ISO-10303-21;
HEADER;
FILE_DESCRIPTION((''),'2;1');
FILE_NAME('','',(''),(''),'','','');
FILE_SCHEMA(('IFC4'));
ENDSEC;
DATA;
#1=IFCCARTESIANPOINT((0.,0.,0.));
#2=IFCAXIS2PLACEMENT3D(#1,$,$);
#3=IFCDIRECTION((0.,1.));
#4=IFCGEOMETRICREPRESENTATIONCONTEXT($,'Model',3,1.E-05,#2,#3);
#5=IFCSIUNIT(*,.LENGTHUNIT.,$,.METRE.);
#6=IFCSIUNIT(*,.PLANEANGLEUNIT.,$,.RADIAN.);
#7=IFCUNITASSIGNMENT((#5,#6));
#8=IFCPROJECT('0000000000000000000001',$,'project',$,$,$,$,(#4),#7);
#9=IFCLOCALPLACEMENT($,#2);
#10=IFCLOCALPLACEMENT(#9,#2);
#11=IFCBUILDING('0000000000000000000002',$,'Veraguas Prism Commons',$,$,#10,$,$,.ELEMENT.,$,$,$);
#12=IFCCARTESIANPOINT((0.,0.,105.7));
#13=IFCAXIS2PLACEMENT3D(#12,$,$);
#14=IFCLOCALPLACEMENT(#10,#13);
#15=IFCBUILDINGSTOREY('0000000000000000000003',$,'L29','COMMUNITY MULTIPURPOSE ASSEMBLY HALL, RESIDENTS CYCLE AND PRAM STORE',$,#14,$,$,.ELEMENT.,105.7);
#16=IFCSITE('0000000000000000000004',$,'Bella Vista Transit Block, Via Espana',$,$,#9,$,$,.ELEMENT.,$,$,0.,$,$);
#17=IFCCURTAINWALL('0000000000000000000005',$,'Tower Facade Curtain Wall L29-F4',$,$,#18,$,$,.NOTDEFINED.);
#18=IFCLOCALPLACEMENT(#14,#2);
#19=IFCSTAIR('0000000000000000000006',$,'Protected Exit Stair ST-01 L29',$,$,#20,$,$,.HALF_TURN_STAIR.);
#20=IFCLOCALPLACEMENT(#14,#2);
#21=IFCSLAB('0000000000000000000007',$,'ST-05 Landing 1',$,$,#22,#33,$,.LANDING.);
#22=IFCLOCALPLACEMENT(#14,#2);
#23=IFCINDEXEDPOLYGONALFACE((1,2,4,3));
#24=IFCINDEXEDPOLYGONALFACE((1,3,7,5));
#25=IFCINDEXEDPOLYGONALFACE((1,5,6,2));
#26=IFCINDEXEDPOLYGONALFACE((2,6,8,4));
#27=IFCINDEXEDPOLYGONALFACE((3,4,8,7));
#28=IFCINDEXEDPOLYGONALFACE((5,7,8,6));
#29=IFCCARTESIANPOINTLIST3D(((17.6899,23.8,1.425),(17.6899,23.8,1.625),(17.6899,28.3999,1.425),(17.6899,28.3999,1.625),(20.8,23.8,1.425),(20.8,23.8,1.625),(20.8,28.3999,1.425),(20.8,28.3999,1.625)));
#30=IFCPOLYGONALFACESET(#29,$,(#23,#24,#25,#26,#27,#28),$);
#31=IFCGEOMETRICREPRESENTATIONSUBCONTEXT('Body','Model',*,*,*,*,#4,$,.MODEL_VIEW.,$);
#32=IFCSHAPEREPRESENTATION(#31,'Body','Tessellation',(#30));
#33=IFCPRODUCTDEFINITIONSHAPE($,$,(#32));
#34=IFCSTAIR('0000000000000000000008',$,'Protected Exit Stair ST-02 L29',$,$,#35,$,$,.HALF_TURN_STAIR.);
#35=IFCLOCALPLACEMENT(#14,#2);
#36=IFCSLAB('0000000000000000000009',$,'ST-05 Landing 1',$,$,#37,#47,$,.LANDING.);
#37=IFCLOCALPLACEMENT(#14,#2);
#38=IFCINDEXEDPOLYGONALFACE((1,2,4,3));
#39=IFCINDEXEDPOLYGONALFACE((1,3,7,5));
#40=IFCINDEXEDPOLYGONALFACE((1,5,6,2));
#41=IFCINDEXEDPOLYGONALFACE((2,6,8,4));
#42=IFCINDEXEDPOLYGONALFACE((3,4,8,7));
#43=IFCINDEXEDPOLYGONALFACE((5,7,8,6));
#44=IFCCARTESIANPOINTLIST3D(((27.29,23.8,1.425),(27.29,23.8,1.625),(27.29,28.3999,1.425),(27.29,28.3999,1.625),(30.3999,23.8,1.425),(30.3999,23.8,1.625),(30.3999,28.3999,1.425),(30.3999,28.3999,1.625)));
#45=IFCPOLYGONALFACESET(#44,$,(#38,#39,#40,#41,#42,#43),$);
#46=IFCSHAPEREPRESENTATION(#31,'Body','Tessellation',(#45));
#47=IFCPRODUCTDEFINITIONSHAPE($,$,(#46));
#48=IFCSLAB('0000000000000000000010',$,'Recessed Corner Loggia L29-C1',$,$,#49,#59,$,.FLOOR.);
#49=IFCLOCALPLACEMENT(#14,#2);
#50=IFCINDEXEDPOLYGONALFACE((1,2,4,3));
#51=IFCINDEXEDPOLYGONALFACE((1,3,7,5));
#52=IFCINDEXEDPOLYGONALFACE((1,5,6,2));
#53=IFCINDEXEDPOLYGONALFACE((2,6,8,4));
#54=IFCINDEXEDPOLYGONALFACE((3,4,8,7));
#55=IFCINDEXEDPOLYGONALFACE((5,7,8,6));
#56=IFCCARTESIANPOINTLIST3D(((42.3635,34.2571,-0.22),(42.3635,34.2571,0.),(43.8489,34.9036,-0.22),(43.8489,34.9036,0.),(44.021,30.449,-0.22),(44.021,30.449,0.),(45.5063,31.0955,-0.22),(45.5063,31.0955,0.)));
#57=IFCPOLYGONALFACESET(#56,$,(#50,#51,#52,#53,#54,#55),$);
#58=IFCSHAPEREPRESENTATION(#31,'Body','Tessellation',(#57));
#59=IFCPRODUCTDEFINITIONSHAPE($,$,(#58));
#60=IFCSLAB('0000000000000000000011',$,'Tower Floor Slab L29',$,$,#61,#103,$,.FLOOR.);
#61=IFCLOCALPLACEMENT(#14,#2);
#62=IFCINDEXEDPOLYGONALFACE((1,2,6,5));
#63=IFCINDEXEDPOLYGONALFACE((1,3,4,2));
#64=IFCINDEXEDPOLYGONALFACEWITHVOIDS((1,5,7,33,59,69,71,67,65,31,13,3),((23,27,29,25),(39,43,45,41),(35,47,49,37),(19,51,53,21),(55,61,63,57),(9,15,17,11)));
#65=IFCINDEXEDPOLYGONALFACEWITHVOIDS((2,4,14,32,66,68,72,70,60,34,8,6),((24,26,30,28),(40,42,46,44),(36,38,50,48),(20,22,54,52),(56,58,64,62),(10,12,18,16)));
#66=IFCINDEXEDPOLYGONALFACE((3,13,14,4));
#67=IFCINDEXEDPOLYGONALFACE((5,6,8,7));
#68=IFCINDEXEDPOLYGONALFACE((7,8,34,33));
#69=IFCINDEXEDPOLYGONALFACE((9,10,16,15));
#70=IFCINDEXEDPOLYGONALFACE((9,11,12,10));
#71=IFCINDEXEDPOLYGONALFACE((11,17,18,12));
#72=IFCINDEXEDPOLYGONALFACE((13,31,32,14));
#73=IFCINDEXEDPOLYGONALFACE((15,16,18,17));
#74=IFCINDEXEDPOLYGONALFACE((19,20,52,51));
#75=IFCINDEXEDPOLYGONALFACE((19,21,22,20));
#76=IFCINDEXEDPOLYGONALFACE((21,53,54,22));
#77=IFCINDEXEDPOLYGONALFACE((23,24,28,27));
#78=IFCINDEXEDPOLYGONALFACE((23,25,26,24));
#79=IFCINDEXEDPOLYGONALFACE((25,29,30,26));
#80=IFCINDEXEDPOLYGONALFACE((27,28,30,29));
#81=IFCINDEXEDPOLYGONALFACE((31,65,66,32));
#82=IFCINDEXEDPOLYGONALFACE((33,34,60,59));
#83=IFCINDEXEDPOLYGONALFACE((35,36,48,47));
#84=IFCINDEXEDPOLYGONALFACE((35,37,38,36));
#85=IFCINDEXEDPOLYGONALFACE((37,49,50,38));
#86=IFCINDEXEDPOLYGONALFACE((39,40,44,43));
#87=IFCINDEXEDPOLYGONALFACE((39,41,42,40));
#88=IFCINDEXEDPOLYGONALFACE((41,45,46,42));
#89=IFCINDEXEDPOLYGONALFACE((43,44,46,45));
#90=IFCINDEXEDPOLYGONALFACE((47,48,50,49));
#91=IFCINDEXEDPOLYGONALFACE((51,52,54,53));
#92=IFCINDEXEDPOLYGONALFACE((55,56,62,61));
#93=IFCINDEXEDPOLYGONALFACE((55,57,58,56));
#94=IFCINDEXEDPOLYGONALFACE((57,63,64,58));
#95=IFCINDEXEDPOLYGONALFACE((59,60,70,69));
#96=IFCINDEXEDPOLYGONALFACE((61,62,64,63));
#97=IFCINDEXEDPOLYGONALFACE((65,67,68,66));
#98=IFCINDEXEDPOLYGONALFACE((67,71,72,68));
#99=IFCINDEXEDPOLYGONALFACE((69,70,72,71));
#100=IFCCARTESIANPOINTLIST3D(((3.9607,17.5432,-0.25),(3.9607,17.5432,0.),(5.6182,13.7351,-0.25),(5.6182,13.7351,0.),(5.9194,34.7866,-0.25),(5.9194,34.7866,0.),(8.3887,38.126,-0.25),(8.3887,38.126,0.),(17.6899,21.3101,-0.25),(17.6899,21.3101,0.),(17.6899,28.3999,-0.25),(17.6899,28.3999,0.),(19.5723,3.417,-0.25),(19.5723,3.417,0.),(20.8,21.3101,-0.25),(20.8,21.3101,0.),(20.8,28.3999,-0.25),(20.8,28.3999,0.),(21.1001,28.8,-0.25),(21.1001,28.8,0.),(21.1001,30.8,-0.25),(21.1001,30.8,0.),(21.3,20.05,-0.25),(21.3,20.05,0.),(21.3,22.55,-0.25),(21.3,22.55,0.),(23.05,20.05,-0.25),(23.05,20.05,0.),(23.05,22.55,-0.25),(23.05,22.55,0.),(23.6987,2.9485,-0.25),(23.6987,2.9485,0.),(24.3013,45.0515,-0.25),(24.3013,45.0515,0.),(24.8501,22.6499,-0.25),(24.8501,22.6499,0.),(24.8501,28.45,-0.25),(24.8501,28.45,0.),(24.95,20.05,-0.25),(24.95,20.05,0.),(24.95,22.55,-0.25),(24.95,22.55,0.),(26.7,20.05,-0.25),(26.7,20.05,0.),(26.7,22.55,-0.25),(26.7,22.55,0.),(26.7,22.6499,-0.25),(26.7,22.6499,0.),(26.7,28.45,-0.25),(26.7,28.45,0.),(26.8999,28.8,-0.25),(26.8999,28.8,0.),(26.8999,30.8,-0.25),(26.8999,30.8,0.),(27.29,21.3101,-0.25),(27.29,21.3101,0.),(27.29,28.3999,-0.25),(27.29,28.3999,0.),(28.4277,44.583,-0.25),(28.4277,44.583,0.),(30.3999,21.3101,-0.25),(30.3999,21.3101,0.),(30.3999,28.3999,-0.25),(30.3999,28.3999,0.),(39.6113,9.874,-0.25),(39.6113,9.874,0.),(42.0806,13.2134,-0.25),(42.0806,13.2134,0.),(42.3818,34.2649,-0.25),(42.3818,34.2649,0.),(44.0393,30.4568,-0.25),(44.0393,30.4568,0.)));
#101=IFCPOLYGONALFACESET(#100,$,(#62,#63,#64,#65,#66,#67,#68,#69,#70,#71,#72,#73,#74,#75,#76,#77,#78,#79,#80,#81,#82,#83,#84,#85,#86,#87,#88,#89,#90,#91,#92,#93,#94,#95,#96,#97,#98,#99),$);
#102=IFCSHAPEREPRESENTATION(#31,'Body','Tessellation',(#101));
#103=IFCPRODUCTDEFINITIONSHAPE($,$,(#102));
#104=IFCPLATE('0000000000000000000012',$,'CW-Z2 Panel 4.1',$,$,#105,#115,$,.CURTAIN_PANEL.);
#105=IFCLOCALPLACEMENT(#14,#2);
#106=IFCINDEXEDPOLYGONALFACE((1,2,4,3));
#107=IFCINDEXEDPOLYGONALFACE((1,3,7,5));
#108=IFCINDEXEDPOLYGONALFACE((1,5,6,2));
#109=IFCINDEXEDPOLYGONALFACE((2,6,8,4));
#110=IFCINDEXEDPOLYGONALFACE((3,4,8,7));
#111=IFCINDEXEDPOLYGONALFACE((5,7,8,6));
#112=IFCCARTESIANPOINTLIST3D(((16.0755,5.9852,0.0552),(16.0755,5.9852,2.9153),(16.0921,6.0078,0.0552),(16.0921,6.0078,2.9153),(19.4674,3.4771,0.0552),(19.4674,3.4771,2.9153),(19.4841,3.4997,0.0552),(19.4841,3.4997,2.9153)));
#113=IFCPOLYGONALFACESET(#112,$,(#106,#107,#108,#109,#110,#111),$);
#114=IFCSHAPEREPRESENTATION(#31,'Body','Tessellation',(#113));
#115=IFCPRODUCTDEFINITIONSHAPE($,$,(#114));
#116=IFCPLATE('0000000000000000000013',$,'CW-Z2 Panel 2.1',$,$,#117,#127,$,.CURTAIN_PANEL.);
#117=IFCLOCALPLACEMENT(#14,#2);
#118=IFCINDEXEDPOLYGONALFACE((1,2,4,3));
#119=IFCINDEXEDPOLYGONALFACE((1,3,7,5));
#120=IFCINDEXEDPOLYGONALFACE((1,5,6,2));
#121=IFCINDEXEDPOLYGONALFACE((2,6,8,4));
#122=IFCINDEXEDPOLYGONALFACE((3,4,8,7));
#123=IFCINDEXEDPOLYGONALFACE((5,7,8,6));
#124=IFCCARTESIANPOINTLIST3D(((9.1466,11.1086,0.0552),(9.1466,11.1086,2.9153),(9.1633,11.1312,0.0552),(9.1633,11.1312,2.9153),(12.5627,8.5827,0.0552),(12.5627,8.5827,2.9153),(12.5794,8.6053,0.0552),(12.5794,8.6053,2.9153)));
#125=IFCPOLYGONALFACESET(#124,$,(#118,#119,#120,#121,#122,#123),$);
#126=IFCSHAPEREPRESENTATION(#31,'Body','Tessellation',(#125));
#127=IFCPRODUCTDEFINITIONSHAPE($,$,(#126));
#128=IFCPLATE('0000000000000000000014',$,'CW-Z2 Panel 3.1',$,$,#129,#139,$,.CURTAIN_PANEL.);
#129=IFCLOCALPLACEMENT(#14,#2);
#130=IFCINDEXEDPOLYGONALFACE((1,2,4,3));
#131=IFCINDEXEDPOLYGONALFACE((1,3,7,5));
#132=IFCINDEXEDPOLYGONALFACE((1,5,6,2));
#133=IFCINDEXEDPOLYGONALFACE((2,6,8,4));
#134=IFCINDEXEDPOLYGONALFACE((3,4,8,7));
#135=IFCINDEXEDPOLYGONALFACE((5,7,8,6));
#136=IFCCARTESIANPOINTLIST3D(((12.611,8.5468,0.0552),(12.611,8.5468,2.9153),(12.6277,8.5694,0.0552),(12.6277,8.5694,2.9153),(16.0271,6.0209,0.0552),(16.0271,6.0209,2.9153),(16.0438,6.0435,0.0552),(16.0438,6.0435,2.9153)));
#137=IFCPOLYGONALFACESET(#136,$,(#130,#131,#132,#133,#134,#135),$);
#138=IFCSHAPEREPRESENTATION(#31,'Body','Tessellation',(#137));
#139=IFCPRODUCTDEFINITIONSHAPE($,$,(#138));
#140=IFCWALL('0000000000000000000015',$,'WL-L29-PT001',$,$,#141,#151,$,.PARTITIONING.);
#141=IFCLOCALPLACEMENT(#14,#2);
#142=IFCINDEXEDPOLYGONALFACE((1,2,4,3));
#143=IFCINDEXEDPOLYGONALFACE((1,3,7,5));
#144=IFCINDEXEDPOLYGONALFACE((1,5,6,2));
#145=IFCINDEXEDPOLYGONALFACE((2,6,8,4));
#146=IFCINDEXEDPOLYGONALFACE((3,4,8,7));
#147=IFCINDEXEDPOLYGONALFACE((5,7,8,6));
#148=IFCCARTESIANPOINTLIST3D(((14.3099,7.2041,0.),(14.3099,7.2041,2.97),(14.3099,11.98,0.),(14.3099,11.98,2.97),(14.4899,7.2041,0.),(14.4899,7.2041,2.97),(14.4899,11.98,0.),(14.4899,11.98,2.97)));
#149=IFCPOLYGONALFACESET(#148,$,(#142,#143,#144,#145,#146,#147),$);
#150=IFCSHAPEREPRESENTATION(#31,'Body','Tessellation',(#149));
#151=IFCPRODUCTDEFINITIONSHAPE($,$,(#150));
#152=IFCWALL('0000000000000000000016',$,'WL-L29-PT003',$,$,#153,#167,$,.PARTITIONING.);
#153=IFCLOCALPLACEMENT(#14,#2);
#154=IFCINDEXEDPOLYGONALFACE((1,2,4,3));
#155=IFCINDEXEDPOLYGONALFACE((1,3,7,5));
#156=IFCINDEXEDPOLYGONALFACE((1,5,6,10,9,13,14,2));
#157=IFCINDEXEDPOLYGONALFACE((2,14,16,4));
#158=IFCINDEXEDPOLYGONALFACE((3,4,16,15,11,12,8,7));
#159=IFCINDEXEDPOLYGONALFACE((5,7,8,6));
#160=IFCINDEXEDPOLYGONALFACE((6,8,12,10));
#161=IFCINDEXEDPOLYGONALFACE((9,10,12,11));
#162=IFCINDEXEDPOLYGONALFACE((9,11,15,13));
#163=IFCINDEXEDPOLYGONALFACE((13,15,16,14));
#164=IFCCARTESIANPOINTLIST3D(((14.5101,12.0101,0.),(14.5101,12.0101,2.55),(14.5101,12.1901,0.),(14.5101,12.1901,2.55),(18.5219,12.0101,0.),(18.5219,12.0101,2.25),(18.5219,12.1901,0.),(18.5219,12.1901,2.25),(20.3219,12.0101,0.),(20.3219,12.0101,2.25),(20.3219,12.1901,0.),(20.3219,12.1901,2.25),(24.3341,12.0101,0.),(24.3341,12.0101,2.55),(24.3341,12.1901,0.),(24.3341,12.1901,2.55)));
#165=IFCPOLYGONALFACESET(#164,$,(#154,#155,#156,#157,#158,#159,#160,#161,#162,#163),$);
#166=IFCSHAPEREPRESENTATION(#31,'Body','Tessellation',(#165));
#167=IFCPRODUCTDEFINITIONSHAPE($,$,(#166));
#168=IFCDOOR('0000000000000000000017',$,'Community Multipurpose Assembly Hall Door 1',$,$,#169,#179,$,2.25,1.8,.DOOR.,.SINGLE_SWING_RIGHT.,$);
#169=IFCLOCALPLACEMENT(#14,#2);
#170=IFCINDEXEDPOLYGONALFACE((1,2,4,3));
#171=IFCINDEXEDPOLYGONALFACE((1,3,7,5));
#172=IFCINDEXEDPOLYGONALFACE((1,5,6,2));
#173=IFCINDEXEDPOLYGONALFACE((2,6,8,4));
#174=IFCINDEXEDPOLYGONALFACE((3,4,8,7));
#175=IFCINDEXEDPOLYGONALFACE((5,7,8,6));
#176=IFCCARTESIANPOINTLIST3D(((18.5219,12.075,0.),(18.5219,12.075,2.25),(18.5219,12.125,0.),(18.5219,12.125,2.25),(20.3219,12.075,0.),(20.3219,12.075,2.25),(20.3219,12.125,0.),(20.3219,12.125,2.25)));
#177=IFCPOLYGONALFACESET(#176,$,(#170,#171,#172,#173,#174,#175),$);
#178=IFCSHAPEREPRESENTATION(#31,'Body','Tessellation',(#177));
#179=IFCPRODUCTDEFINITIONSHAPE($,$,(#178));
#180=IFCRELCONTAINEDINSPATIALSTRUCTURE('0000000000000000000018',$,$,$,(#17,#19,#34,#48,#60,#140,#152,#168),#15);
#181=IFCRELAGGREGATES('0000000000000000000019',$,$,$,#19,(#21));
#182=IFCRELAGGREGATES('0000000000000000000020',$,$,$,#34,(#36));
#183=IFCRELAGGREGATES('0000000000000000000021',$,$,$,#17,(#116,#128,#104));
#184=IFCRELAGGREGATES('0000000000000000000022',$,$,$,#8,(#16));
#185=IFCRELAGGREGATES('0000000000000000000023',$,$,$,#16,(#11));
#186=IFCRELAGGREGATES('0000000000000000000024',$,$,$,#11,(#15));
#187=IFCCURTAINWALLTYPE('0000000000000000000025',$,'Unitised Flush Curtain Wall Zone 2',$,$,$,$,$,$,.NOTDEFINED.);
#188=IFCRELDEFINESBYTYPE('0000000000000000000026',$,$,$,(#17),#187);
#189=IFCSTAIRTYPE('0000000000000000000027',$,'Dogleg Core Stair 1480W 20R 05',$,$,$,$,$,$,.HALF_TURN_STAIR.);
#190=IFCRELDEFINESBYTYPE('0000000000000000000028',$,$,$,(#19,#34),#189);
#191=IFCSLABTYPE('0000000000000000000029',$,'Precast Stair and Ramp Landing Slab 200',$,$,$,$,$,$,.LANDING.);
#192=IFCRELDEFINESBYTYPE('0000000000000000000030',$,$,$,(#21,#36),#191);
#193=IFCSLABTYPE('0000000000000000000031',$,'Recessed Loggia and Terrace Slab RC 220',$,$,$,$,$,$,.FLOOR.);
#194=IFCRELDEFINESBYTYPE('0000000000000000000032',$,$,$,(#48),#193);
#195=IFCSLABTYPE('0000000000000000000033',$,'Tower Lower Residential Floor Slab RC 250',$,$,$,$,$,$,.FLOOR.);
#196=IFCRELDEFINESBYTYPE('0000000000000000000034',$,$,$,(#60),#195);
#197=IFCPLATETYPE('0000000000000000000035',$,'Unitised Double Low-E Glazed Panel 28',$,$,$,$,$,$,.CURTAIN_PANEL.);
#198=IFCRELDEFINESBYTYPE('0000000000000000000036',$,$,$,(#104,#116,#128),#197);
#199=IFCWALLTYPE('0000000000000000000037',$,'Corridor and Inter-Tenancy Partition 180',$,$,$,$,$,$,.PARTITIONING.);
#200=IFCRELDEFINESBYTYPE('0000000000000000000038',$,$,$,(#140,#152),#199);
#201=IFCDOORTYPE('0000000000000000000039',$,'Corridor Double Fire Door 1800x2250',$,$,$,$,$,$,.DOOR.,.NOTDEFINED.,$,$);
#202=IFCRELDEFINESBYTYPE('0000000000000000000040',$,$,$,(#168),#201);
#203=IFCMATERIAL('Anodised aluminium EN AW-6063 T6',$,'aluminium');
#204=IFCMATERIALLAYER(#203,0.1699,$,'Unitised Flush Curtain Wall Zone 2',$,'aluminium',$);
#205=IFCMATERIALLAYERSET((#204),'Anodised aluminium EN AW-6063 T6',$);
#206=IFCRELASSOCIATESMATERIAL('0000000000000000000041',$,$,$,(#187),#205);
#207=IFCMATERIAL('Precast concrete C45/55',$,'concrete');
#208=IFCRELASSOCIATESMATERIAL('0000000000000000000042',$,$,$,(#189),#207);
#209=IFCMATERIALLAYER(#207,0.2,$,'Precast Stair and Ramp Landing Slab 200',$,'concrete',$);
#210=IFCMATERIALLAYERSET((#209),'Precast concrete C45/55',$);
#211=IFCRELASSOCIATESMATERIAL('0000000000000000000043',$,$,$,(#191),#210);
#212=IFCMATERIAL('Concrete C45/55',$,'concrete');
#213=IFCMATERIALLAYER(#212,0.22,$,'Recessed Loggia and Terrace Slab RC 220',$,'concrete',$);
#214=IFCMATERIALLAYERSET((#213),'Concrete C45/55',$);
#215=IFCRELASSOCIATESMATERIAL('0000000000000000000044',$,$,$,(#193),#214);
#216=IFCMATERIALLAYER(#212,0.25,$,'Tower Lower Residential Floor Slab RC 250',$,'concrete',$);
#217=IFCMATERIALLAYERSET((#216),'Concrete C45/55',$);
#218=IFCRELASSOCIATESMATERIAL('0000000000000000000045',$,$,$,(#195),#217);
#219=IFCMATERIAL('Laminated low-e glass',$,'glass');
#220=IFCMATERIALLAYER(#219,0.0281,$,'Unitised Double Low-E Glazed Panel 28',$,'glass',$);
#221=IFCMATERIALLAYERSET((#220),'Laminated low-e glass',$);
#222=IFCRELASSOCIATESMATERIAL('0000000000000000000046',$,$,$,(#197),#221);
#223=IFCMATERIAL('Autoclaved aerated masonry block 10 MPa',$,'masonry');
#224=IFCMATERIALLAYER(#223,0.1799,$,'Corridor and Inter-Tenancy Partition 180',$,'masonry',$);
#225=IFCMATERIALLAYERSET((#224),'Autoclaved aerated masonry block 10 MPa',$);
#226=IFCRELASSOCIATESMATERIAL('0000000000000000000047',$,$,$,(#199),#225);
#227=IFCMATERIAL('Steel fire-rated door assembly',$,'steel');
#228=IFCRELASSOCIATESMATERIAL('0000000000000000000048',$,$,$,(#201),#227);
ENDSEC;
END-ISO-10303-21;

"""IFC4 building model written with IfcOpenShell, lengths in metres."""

from ifc_helpers import new_model, si_unit, direction, frame, frame_2d, origin, origin_2d, place, context, subcontext, project, spatial, polyline, rectangle, outline, extrude, source, transform, mapped, material, layer, layer_set, type_object, element, fill, aggregate, save


model = new_model("IFC4")

# Units and contexts
model_context = context("Model", 3, precision=1e-05, world=origin(), true_north=direction((0.0, 1.0)))
body_context = subcontext(model_context, "Body", "Model", "MODEL_VIEW")
ifc_project = project(units=[si_unit("LENGTHUNIT", "METRE"), si_unit("PLANEANGLEUNIT", "RADIAN")], contexts=[model_context])

# Site, building, storey
site_placement = place(None, origin())
site = spatial("IfcSite", under=ifc_project, at=site_placement, Name="Bella Vista Transit Block, Via Espana", CompositionType="ELEMENT", RefElevation=0.0)
building_placement = place(site_placement, origin())
building = spatial("IfcBuilding", under=site, at=building_placement, Name="Veraguas Prism Commons", CompositionType="ELEMENT")
storey_placement = place(building_placement, frame((0.0, 0.0, 105.7)))
storey = spatial("IfcBuildingStorey", under=building, at=storey_placement, Name="L29", Description="COMMUNITY MULTIPURPOSE ASSEMBLY HALL, RESIDENTS CYCLE AND PRAM STORE", CompositionType="ELEMENT", Elevation=105.7)

# Curtain wall
ifc_material_1 = material(Name="Anodised aluminium EN AW-6063 T6", Category="aluminium")
ifc_layer_1 = layer(ifc_material_1, 0.1699, Name="Unitised Flush Curtain Wall Zone 2", Category="aluminium")
ifc_layer_set_1 = layer_set([ifc_layer_1], Name="Anodised aluminium EN AW-6063 T6")
curtain_wall_type = type_object("IfcCurtainWallType", Name="Unitised Flush Curtain Wall Zone 2", PredefinedType="NOTDEFINED", material=ifc_layer_set_1)
curtain_wall_1_placement = place(storey_placement, origin())
curtain_wall_1 = element("IfcCurtainWall", 1, at=curtain_wall_1_placement, inside=storey, type_object=curtain_wall_type, Name="Tower Facade Curtain Wall L29-F4", PredefinedType="NOTDEFINED")

# Stairs, slabs
ifc_material_2 = material(Name="Precast concrete C45/55", Category="concrete")
stair_type = type_object("IfcStairType", Name="Dogleg Core Stair 1480W 20R 05", PredefinedType="HALF_TURN_STAIR", material=ifc_material_2)
stair_1_placement = place(storey_placement, origin())
stair_1 = element("IfcStair", 2, at=stair_1_placement, inside=storey, type_object=stair_type, Name="Protected Exit Stair ST-01 L29", PredefinedType="HALF_TURN_STAIR")
ifc_layer_2 = layer(ifc_material_2, 0.2, Name="Precast Stair and Ramp Landing Slab 200", Category="concrete")
ifc_layer_set_2 = layer_set([ifc_layer_2], Name="Precast concrete C45/55")
slab_type_1 = type_object("IfcSlabType", Name="Precast Stair and Ramp Landing Slab 200", PredefinedType="LANDING", material=ifc_layer_set_2)
slab_1_placement = place(storey_placement, frame((0.0, 0.0, 1.425)))
slab_1 = element("IfcSlab", 3, at=slab_1_placement, type_object=slab_type_1, Name="ST-05 Landing 1", PredefinedType="LANDING", context=body_context, shape_type="SweptSolid", body=[
    extrude(outline(polyline([(20.8, 23.8), (20.8, 28.3999), (17.6899, 28.3999), (17.6899, 23.8), (20.8, 23.8)])), origin(), (0.0, 0.0, 1.0), 0.2),
])
aggregate(stair_1, [slab_1])
stair_2_placement = place(storey_placement, origin())
stair_2 = element("IfcStair", 4, at=stair_2_placement, inside=storey, type_object=stair_type, Name="Protected Exit Stair ST-02 L29", PredefinedType="HALF_TURN_STAIR")
slab_2_placement = place(storey_placement, frame((0.0, 0.0, 1.425)))
slab_2 = element("IfcSlab", 5, at=slab_2_placement, type_object=slab_type_1, Name="ST-05 Landing 1", PredefinedType="LANDING", context=body_context, shape_type="SweptSolid", body=[
    extrude(outline(polyline([(30.3999, 23.8), (30.3999, 28.3999), (27.29, 28.3999), (27.29, 23.8), (30.3999, 23.8)])), origin(), (0.0, 0.0, 1.0), 0.2),
])
aggregate(stair_2, [slab_2])

# Slabs
ifc_material_3 = material(Name="Concrete C45/55", Category="concrete")
ifc_layer_3 = layer(ifc_material_3, 0.22, Name="Recessed Loggia and Terrace Slab RC 220", Category="concrete")
ifc_layer_set_3 = layer_set([ifc_layer_3], Name="Concrete C45/55")
slab_type_2 = type_object("IfcSlabType", Name="Recessed Loggia and Terrace Slab RC 220", PredefinedType="FLOOR", material=ifc_layer_set_3)
slab_3_placement = place(storey_placement, frame((0.0, 0.0, -0.22)))
element("IfcSlab", 6, at=slab_3_placement, inside=storey, type_object=slab_type_2, Name="Recessed Corner Loggia L29-C1", PredefinedType="FLOOR", context=body_context, shape_type="SweptSolid", body=[
    extrude(outline(polyline([(44.021, 30.449), (45.5063, 31.0955), (43.8489, 34.9036), (42.3635, 34.2571), (44.021, 30.449)])), origin(), (0.0, 0.0, 1.0), 0.22),
])
ifc_layer_4 = layer(ifc_material_3, 0.25, Name="Tower Lower Residential Floor Slab RC 250", Category="concrete")
ifc_layer_set_4 = layer_set([ifc_layer_4], Name="Concrete C45/55")
slab_type_3 = type_object("IfcSlabType", Name="Tower Lower Residential Floor Slab RC 250", PredefinedType="FLOOR", material=ifc_layer_set_4)
slab_4_placement = place(storey_placement, frame((0.0, 0.0, -0.25)))
element("IfcSlab", 7, at=slab_4_placement, inside=storey, type_object=slab_type_3, Name="Tower Floor Slab L29", PredefinedType="FLOOR", context=body_context, shape_type="SweptSolid", body=[
    extrude(outline(polyline([(44.0393, 30.4568), (42.3818, 34.2649), (28.4277, 44.583), (24.3013, 45.0515), (8.3887, 38.126), (5.9194, 34.7866), (3.9607, 17.5432), (5.6182, 13.7351), (19.5723, 3.417), (23.6987, 2.9485), (39.6113, 9.874), (42.0806, 13.2134), (44.0393, 30.4568)]), holes=[polyline([(20.8, 21.3101), (20.8, 28.3999), (17.6899, 28.3999), (17.6899, 21.3101), (20.8, 21.3101)]), polyline([(30.3999, 21.3101), (30.3999, 28.3999), (27.29, 28.3999), (27.29, 21.3101), (30.3999, 21.3101)]), polyline([(24.8501, 22.6499), (26.7, 22.6499), (26.7, 28.45), (24.8501, 28.45), (24.8501, 22.6499)]), polyline([(21.1001, 28.8), (26.8999, 28.8), (26.8999, 30.8), (21.1001, 30.8), (21.1001, 28.8)]), polyline([(21.3, 20.05), (23.05, 20.05), (23.05, 22.55), (21.3, 22.55), (21.3, 20.05)]), polyline([(24.95, 20.05), (26.7, 20.05), (26.7, 22.55), (24.95, 22.55), (24.95, 20.05)])]), origin(), (0.0, 0.0, 1.0), 0.25),
])

# Plates
ifc_material_4 = material(Name="Laminated low-e glass", Category="glass")
ifc_layer_5 = layer(ifc_material_4, 0.0281, Name="Unitised Double Low-E Glazed Panel 28", Category="glass")
ifc_layer_set_5 = layer_set([ifc_layer_5], Name="Laminated low-e glass")
plate_type = type_object("IfcPlateType", Name="Unitised Double Low-E Glazed Panel 28", PredefinedType="CURTAIN_PANEL", material=ifc_layer_set_5)
shared_shape_1 = source(origin(), body_context, "Body", "SweptSolid", [
    extrude(rectangle(XDim=4.2185, YDim=0.0281, at=origin_2d()), origin(), (0.0, 0.0, 1.0), 2.8601),
])
plate_1_placement = place(storey_placement, frame((17.7798, 4.7424, 0.0552), z_axis=(0.0, 0.0, 1.0), x_axis=(0.804068, -0.594538, 0.0)))
plate_1 = element("IfcPlate", 8, at=plate_1_placement, type_object=plate_type, Name="CW-Z2 Panel 4.1", PredefinedType="CURTAIN_PANEL", context=body_context, shape_type="MappedRepresentation", body=[
    mapped(shared_shape_1, transform((0.0, 0.0, 0.0), scale=1.0)),
])
shared_shape_2 = source(origin(), body_context, "Body", "SweptSolid", [
    extrude(rectangle(XDim=4.2485, YDim=0.0281, at=origin_2d()), origin(), (0.0, 0.0, 1.0), 2.8601),
])
plate_2_placement = place(storey_placement, frame((10.863, 9.8569, 0.0552), z_axis=(0.0, 0.0, 1.0), x_axis=(0.804068, -0.594538, 0.0)))
plate_2 = element("IfcPlate", 9, at=plate_2_placement, type_object=plate_type, Name="CW-Z2 Panel 2.1", PredefinedType="CURTAIN_PANEL", context=body_context, shape_type="MappedRepresentation", body=[
    mapped(shared_shape_2, transform((0.0, 0.0, 0.0), scale=1.0)),
])
plate_3_placement = place(storey_placement, frame((14.3274, 7.2952, 0.0552), z_axis=(0.0, 0.0, 1.0), x_axis=(0.804068, -0.594538, 0.0)))
plate_3 = element("IfcPlate", 10, at=plate_3_placement, type_object=plate_type, Name="CW-Z2 Panel 3.1", PredefinedType="CURTAIN_PANEL", context=body_context, shape_type="MappedRepresentation", body=[
    mapped(shared_shape_2, transform((0.0, 0.0, 0.0), scale=1.0)),
])
aggregate(curtain_wall_1, [plate_2, plate_3, plate_1])

# Wall
ifc_material_5 = material(Name="Autoclaved aerated masonry block 10 MPa", Category="masonry")
ifc_layer_6 = layer(ifc_material_5, 0.1799, Name="Corridor and Inter-Tenancy Partition 180", Category="masonry")
ifc_layer_set_6 = layer_set([ifc_layer_6], Name="Autoclaved aerated masonry block 10 MPa")
wall_type = type_object("IfcWallType", Name="Corridor and Inter-Tenancy Partition 180", PredefinedType="PARTITIONING", material=ifc_layer_set_6)
wall_1_placement = place(storey_placement, frame((14.3999, 11.98, 0.0), z_axis=(0.0, 0.0, 1.0), x_axis=(0.0, -1.0, 0.0)))
element("IfcWall", 11, at=wall_1_placement, inside=storey, type_object=wall_type, Name="WL-L29-PT001", PredefinedType="PARTITIONING", context=body_context, shape_type="SweptSolid", body=[
    extrude(rectangle(XDim=4.7759, YDim=0.1799, at=frame_2d((2.3879, 0.0))), origin(), (0.0, 0.0, 1.0), 2.97),
])

# Wall, opening, door
wall_2_placement = place(storey_placement, frame((14.51, 12.1001, 0.0), z_axis=(0.0, 0.0, 1.0), x_axis=(1.0, 0.0, 0.0)))
wall_2 = element("IfcWall", 12, at=wall_2_placement, inside=storey, type_object=wall_type, Name="WL-L29-PT003", PredefinedType="PARTITIONING", context=body_context, shape_type="SweptSolid", body=[
    extrude(rectangle(XDim=9.824, YDim=0.1799, at=frame_2d((4.9121, 0.0))), origin(), (0.0, 0.0, 1.0), 2.55),
])
opening_1_placement = place(wall_2_placement, frame((4.012, 0.0, 0.0)))
opening_1 = element("IfcOpeningElement", 13, at=opening_1_placement, cuts=wall_2, PredefinedType="OPENING", context=body_context, shape_type="SweptSolid", body=[
    extrude(rectangle(XDim=1.8, YDim=2.25, at=frame_2d((0.8999, 1.125))), frame((0.0, 0.0999, 0.0), z_axis=(0.0, -1.0, 0.0), x_axis=(1.0, 0.0, 0.0)), (0.0, 0.0, 1.0), 0.2),
])
ifc_material_6 = material(Name="Steel fire-rated door assembly", Category="steel")
door_type_1 = type_object("IfcDoorType", Name="Corridor Double Fire Door 1800x2250", OperationType="NOTDEFINED", PredefinedType="DOOR", material=ifc_material_6)
shared_shape_3 = source(origin(), body_context, "Body", "SweptSolid", [
    extrude(rectangle(XDim=1.8, YDim=2.25, at=frame_2d((0.8999, 1.125))), frame((0.0, 0.0249, 0.0), z_axis=(0.0, -1.0, 0.0), x_axis=(1.0, 0.0, 0.0)), (0.0, 0.0, 1.0), 0.05),
])
door_1_placement = place(opening_1_placement, origin())
door_1 = element("IfcDoor", 14, at=door_1_placement, inside=storey, type_object=door_type_1, Name="Community Multipurpose Assembly Hall Door 1", OperationType="SINGLE_SWING_RIGHT", OverallHeight=2.25, OverallWidth=1.8, PredefinedType="DOOR", context=body_context, shape_type="MappedRepresentation", body=[
    mapped(shared_shape_3, transform((0.0, 0.0, 0.0), scale=1.0)),
])
fill(opening_1, door_1)

save(model, "model.ifc")
